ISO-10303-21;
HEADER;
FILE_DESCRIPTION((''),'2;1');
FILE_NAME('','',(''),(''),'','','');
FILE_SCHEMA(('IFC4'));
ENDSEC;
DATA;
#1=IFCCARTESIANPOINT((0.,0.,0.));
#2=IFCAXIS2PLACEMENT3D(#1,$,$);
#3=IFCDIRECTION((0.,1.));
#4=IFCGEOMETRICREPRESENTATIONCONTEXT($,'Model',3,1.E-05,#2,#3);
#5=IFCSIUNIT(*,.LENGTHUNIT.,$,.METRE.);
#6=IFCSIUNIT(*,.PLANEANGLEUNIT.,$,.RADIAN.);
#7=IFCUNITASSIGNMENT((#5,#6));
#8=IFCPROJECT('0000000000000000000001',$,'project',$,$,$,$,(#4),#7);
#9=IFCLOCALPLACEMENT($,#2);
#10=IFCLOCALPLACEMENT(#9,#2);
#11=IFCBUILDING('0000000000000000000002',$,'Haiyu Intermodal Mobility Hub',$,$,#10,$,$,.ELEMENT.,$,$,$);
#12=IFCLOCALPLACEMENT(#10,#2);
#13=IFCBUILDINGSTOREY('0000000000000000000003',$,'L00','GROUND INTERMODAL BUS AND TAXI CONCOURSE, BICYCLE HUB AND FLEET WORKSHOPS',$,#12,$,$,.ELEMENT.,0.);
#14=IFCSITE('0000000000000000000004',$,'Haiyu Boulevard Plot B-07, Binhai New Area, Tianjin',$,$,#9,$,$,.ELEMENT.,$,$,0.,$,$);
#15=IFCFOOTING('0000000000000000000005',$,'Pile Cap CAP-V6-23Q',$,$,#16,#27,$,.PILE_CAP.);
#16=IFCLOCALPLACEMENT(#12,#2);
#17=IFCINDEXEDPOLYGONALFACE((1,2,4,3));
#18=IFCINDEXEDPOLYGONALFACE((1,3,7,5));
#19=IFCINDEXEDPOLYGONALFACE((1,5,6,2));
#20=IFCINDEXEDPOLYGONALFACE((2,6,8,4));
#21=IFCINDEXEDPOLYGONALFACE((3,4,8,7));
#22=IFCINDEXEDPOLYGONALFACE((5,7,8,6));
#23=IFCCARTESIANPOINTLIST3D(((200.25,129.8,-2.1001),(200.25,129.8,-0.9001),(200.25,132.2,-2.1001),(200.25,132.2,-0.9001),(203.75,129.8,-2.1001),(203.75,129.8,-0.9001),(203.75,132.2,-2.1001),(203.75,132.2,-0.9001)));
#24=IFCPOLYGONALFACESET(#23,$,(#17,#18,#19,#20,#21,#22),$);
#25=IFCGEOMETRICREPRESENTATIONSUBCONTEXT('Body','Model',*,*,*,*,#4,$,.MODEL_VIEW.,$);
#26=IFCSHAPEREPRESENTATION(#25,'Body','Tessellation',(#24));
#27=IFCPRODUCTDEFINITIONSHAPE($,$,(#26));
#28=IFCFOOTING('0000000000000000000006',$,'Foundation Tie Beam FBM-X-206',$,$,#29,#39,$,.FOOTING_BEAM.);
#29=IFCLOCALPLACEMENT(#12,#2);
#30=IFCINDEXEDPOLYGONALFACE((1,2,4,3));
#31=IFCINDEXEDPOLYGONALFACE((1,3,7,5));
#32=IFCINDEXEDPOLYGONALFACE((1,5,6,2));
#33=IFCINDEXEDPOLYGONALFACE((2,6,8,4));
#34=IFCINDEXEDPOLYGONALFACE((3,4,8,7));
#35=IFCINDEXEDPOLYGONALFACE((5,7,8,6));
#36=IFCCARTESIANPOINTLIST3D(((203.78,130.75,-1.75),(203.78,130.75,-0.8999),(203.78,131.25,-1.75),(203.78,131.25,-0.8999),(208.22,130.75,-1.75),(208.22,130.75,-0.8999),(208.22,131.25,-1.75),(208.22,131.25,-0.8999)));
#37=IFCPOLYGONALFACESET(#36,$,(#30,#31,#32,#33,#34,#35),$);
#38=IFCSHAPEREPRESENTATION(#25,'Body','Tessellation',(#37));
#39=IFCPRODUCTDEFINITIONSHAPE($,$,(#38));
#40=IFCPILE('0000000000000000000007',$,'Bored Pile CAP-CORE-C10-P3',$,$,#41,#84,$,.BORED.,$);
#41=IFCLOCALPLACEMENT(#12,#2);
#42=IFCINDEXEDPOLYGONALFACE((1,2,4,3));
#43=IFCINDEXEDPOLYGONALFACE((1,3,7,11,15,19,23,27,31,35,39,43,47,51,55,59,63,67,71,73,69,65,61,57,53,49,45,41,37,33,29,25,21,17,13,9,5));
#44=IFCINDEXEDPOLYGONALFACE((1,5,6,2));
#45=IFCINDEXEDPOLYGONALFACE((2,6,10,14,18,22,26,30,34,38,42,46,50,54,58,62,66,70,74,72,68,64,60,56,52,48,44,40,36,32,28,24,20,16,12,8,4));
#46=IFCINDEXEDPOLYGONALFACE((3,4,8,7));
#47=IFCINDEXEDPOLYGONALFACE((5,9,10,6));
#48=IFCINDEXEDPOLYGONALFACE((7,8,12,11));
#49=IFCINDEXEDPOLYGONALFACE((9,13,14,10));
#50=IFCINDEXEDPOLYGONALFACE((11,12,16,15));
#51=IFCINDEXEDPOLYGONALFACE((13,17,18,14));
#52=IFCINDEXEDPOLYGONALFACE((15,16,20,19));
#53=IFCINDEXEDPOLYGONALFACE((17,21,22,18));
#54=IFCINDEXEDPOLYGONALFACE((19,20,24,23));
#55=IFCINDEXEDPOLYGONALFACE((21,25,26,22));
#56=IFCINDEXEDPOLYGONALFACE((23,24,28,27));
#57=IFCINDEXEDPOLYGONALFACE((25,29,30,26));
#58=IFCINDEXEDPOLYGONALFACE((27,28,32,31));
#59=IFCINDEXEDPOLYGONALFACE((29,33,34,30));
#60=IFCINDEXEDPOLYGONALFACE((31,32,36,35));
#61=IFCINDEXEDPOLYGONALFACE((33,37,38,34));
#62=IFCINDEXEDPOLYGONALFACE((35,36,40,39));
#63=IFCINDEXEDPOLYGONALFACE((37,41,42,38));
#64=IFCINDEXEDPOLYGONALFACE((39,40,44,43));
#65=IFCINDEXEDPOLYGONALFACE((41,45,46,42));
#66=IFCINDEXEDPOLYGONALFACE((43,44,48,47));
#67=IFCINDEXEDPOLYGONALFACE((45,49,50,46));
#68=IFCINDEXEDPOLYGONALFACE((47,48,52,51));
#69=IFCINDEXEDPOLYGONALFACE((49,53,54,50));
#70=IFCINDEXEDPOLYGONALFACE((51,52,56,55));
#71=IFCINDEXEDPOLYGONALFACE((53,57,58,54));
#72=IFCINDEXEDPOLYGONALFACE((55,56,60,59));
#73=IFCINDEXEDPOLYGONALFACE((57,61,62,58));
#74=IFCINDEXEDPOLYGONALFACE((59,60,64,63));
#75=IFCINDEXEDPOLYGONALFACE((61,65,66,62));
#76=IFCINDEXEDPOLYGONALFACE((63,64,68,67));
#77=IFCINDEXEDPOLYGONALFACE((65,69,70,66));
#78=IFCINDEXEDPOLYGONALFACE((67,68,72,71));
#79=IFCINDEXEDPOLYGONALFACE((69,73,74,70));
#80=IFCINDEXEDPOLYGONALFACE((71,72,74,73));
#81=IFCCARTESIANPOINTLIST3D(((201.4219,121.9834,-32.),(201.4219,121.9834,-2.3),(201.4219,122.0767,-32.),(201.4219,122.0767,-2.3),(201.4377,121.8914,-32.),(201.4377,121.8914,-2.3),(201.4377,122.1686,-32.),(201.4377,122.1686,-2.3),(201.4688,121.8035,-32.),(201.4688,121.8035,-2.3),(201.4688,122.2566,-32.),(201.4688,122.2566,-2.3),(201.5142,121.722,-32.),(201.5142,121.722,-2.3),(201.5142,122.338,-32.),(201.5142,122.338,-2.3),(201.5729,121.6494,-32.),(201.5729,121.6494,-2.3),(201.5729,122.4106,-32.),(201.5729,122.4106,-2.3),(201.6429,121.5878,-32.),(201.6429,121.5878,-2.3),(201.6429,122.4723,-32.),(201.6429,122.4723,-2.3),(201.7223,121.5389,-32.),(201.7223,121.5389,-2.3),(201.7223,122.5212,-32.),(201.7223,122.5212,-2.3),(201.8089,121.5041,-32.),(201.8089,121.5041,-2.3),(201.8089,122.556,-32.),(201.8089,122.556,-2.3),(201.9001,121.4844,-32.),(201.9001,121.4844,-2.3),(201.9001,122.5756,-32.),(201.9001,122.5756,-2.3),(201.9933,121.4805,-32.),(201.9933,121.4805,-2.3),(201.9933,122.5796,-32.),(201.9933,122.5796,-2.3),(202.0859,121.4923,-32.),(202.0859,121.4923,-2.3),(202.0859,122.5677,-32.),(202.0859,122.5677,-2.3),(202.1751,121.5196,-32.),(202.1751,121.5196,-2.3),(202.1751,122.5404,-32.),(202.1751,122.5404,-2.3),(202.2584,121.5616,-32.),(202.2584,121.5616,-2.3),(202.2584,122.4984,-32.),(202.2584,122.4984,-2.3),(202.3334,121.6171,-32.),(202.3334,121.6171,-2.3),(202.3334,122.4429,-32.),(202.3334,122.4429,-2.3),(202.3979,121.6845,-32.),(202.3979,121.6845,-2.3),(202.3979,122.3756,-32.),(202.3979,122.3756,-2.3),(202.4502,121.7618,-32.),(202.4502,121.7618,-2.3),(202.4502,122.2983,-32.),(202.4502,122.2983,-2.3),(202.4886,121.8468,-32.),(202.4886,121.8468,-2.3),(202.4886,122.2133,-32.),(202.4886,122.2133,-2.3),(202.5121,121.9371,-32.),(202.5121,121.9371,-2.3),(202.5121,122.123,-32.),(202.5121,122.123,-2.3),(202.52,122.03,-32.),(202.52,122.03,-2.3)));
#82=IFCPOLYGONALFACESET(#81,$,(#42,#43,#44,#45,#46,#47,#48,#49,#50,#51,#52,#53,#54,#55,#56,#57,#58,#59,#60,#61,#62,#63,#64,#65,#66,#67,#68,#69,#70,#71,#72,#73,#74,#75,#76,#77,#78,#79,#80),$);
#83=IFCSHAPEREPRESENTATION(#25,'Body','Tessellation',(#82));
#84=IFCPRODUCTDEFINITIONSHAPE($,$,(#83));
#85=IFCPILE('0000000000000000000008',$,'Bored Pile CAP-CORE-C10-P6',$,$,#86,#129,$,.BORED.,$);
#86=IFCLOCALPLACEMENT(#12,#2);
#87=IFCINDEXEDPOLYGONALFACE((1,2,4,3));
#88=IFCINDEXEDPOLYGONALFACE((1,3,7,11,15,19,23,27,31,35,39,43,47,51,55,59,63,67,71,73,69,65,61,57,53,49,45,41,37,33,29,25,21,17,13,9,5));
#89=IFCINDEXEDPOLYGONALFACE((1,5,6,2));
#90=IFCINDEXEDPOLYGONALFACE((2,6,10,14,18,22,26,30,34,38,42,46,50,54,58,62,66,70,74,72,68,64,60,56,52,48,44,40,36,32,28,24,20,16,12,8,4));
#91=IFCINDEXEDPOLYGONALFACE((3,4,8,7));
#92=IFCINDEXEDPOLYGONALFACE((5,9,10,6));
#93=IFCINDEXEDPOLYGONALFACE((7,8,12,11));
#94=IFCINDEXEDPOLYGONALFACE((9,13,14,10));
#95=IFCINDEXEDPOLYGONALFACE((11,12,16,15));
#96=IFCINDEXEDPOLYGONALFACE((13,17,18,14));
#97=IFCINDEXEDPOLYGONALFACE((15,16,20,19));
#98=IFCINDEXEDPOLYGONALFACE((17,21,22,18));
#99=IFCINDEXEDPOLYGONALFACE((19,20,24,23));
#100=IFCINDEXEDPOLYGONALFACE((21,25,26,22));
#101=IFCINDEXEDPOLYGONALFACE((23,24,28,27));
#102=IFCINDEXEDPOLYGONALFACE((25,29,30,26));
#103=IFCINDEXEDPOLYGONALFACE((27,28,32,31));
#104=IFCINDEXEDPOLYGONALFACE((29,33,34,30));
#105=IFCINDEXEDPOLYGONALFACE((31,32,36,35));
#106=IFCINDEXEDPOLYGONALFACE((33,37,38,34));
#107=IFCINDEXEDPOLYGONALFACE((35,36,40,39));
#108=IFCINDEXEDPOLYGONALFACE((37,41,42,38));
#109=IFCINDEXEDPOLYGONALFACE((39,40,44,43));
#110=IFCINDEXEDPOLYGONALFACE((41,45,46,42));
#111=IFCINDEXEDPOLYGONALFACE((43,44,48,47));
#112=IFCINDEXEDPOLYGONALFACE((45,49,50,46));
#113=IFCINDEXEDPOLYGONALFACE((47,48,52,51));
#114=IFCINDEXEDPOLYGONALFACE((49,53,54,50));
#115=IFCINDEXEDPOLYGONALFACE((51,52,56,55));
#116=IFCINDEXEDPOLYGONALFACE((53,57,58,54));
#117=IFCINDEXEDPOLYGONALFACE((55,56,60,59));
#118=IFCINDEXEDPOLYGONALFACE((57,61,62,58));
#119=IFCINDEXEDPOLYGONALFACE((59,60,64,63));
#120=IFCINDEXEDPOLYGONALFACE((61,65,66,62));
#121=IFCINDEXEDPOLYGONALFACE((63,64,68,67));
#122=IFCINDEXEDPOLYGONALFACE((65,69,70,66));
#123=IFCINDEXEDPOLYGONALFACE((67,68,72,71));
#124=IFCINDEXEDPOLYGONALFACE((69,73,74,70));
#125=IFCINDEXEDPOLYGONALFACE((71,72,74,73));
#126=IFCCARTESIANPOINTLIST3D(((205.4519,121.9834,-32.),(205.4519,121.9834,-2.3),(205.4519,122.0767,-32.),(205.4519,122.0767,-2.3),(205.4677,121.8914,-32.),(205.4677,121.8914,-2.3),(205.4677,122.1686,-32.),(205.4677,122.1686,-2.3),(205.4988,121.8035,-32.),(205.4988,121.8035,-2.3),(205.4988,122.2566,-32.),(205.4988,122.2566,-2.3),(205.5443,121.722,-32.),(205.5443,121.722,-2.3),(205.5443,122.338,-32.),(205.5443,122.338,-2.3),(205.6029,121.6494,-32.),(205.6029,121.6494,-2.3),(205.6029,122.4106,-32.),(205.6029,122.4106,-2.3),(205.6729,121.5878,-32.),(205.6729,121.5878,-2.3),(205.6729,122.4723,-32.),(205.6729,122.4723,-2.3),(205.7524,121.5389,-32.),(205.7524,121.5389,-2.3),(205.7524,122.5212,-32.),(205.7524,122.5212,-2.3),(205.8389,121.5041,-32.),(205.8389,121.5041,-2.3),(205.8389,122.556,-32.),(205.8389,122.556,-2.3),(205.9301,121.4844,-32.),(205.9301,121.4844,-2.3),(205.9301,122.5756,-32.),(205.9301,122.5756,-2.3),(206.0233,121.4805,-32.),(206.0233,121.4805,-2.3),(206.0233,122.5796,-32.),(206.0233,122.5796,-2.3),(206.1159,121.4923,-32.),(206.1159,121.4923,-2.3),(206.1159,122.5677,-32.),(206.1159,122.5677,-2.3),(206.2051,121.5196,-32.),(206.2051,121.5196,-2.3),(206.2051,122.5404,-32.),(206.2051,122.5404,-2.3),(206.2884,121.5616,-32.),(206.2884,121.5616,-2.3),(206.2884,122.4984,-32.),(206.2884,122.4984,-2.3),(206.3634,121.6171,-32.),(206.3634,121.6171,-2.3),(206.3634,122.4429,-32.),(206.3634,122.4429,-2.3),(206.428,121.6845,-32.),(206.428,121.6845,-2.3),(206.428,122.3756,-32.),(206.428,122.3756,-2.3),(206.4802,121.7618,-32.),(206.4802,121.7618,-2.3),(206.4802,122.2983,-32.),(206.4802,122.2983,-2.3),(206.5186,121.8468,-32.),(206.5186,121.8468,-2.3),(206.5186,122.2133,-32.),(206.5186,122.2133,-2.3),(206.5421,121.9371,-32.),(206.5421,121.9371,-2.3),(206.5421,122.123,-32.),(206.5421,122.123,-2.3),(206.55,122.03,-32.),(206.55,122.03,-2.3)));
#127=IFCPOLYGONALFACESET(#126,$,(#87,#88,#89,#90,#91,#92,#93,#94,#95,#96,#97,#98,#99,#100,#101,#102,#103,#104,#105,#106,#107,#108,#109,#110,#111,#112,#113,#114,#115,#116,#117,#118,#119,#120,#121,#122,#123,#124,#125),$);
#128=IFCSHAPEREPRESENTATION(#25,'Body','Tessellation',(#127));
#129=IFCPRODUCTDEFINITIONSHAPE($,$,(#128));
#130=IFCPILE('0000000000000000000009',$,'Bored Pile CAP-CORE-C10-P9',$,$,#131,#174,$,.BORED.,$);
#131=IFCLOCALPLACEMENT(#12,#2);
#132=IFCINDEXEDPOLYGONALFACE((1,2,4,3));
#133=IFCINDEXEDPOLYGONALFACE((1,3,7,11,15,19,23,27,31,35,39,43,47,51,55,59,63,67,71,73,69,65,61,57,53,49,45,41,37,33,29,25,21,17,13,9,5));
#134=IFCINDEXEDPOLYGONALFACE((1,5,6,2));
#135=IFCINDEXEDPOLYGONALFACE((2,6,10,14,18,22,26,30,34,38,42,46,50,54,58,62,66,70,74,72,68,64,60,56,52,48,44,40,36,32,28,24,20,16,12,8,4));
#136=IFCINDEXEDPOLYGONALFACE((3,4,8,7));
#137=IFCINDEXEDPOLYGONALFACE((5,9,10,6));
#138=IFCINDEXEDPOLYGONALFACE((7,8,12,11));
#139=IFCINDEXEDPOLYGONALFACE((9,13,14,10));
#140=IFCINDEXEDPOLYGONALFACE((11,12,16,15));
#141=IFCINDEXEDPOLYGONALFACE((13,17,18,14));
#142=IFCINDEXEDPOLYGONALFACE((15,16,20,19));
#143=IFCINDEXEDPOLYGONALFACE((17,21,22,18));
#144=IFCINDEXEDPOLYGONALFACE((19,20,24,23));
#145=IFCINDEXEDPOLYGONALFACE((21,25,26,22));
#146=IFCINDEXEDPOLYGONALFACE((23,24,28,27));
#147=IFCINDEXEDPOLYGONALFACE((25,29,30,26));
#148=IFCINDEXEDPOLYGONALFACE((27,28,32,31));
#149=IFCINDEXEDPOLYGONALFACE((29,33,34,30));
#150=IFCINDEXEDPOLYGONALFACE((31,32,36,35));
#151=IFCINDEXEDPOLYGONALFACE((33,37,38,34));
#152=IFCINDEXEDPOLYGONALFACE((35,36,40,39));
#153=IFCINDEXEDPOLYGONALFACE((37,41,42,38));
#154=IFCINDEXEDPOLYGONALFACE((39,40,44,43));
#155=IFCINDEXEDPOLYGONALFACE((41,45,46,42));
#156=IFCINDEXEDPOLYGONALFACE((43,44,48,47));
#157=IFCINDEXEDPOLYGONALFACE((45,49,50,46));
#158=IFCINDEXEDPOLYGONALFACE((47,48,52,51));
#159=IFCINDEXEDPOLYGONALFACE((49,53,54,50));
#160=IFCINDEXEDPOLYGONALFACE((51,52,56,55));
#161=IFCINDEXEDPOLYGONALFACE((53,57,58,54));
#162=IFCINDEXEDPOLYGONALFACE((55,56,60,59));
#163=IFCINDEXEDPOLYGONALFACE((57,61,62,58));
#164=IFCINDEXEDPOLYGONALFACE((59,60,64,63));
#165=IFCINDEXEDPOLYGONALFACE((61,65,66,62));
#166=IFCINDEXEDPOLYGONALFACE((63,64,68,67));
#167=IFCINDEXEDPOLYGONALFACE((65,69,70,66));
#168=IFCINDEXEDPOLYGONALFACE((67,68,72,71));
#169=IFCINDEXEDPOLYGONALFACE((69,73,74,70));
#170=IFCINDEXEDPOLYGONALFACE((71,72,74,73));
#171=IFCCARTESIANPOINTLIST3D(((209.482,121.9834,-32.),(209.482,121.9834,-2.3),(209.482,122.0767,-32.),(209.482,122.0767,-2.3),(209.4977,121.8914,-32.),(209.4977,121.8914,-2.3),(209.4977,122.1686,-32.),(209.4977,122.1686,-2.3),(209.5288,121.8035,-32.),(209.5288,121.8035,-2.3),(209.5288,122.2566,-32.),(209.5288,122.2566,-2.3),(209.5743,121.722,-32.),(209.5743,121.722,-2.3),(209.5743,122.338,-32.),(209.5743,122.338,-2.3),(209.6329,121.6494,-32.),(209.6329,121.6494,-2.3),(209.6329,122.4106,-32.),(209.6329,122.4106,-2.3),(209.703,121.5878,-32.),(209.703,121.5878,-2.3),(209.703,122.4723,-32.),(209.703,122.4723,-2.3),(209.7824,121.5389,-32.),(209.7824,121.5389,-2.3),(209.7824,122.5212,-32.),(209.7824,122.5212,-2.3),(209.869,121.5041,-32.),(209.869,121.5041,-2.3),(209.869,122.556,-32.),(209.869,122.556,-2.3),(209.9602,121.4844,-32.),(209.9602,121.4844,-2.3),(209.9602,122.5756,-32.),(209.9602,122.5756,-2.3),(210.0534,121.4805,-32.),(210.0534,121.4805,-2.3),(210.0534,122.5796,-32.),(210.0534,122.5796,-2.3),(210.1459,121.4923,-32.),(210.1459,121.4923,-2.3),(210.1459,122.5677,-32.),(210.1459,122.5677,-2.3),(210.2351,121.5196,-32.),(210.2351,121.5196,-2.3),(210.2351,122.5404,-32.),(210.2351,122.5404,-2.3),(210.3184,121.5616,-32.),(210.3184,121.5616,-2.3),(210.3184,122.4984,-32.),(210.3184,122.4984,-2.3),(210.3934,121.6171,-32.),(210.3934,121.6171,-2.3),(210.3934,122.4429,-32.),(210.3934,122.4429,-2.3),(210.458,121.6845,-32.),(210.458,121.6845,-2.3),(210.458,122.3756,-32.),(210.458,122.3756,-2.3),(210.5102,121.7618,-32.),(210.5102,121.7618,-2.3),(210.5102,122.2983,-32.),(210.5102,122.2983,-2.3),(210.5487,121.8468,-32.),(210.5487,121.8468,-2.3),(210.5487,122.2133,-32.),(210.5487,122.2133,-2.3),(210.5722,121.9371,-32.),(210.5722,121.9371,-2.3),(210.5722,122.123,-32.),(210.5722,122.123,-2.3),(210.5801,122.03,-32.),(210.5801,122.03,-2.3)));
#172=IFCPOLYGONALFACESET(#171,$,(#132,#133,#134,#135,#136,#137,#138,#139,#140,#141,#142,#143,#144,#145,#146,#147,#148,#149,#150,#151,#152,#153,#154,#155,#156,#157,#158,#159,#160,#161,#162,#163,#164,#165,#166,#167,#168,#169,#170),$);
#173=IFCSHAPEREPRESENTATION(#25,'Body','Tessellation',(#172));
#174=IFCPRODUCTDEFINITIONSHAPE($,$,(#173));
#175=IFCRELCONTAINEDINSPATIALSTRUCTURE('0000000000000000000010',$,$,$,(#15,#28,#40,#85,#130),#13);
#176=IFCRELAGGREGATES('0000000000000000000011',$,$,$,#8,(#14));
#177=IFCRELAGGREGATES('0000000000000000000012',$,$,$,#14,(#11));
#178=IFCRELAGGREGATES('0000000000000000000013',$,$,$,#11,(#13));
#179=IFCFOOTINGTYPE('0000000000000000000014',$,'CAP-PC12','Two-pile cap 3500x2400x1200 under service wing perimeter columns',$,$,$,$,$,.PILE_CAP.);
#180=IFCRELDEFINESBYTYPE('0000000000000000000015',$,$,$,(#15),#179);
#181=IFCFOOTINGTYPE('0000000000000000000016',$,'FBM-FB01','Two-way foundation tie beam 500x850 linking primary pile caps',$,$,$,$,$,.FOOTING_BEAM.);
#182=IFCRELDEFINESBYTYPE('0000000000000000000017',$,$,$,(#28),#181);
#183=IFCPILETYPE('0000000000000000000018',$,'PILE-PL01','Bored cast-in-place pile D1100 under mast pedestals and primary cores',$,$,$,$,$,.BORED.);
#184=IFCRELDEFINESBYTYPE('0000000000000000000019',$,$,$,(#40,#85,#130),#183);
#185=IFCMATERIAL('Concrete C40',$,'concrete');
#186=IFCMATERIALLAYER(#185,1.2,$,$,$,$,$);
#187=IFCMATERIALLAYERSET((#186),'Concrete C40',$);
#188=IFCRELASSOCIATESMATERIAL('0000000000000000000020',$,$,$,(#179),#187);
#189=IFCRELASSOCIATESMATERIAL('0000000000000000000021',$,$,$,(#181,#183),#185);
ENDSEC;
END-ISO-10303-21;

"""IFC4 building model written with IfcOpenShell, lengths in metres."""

from ifc_helpers import new_model, si_unit, direction, frame, origin, origin_2d, place, context, subcontext, project, spatial, rectangle, circle, extrude, material, layer, layer_set, material_profile, profile_set, type_object, element, save


model = new_model("IFC4")

# Units and contexts
model_context = context("Model", 3, precision=1e-05, world=origin(), true_north=direction((0.0, 1.0)))
body_context = subcontext(model_context, "Body", "Model", "MODEL_VIEW")
ifc_project = project(units=[si_unit("LENGTHUNIT", "METRE"), si_unit("PLANEANGLEUNIT", "RADIAN")], contexts=[model_context])

# Site, building, storey
site_placement = place(None, origin())
site = spatial("IfcSite", under=ifc_project, at=site_placement, Name="Haiyu Boulevard Plot B-07, Binhai New Area, Tianjin", CompositionType="ELEMENT", RefElevation=0.0)
building_placement = place(site_placement, origin())
building = spatial("IfcBuilding", under=site, at=building_placement, Name="Haiyu Intermodal Mobility Hub", CompositionType="ELEMENT")
storey_placement = place(building_placement, origin())
storey = spatial("IfcBuildingStorey", under=building, at=storey_placement, Name="L00", Description="GROUND INTERMODAL BUS AND TAXI CONCOURSE, BICYCLE HUB AND FLEET WORKSHOPS", CompositionType="ELEMENT", Elevation=0.0)

# Footings
ifc_material_1 = material(Name="Concrete C40", Category="concrete")
ifc_layer_1 = layer(ifc_material_1, 1.2)
ifc_layer_set_1 = layer_set([ifc_layer_1], Name="Concrete C40")
footing_type_1 = type_object("IfcFootingType", Name="CAP-PC12", Description="Two-pile cap 3500x2400x1200 under service wing perimeter columns", PredefinedType="PILE_CAP", material=ifc_layer_set_1)
footing_1_placement = place(storey_placement, frame((202.0, 131.0, -2.1001), z_axis=(0.0, 0.0, 1.0), x_axis=(1.0, 0.0, 0.0)))
element("IfcFooting", 1, at=footing_1_placement, inside=storey, type_object=footing_type_1, Name="Pile Cap CAP-V6-23Q", PredefinedType="PILE_CAP", context=body_context, shape_type="SweptSolid", body=[
    extrude(rectangle(XDim=3.5, YDim=2.3999, at=origin_2d()), origin(), (0.0, 0.0, 1.0), 1.2),
])
ifc_material_profile_1 = material_profile(ifc_material_1, rectangle(XDim=0.5, YDim=0.8501, at=origin_2d()), Name="FB500x850")
ifc_profile_set_1 = profile_set([ifc_material_profile_1], Name="Concrete C40")
footing_type_2 = type_object("IfcFootingType", Name="FBM-FB01", Description="Two-way foundation tie beam 500x850 linking primary pile caps", PredefinedType="FOOTING_BEAM", material=ifc_profile_set_1)
footing_2_placement = place(storey_placement, frame((203.78, 131.0, -1.325), z_axis=(1.0, 0.0, 0.0), x_axis=(0.0, 1.0, 0.0)))
element("IfcFooting", 2, at=footing_2_placement, inside=storey, type_object=footing_type_2, Name="Foundation Tie Beam FBM-X-206", PredefinedType="FOOTING_BEAM", context=body_context, shape_type="SweptSolid", body=[
    extrude(rectangle(XDim=0.5, YDim=0.8501, at=origin_2d()), origin(), (0.0, 0.0, 1.0), 4.4399),
])

# Piles
ifc_material_profile_2 = material_profile(ifc_material_1, circle(Radius=0.55, at=origin_2d()), Name="PILE-D1100")
ifc_profile_set_2 = profile_set([ifc_material_profile_2], Name="Concrete C40")
pile_type_1 = type_object("IfcPileType", Name="PILE-PL01", Description="Bored cast-in-place pile D1100 under mast pedestals and primary cores", PredefinedType="BORED", material=ifc_profile_set_2)
for number, where, z_axis, x_axis, name in (
    (3, (201.97, 122.03, -2.3), (0.0, 0.0, -1.0), (1.0, 0.0, 0.0), "Bored Pile CAP-CORE-C10-P3"),
    (4, (206.0, 122.03, -2.3), (0.0, 0.0, -1.0), (1.0, 0.0, 0.0), "Bored Pile CAP-CORE-C10-P6"),
    (5, (210.03, 122.03, -2.3), (0.0, 0.0, -1.0), (1.0, 0.0, 0.0), "Bored Pile CAP-CORE-C10-P9"),
):
    element("IfcPile", number, at=place(storey_placement, frame(where, z_axis=z_axis, x_axis=x_axis)), inside=storey, type_object=pile_type_1, Name=name, PredefinedType="BORED", context=body_context, shape_type="SweptSolid", body=[
        extrude(circle(Radius=0.55, at=origin_2d()), origin(), (0.0, 0.0, 1.0), 29.7),
    ])

save(model, "model.ifc")
